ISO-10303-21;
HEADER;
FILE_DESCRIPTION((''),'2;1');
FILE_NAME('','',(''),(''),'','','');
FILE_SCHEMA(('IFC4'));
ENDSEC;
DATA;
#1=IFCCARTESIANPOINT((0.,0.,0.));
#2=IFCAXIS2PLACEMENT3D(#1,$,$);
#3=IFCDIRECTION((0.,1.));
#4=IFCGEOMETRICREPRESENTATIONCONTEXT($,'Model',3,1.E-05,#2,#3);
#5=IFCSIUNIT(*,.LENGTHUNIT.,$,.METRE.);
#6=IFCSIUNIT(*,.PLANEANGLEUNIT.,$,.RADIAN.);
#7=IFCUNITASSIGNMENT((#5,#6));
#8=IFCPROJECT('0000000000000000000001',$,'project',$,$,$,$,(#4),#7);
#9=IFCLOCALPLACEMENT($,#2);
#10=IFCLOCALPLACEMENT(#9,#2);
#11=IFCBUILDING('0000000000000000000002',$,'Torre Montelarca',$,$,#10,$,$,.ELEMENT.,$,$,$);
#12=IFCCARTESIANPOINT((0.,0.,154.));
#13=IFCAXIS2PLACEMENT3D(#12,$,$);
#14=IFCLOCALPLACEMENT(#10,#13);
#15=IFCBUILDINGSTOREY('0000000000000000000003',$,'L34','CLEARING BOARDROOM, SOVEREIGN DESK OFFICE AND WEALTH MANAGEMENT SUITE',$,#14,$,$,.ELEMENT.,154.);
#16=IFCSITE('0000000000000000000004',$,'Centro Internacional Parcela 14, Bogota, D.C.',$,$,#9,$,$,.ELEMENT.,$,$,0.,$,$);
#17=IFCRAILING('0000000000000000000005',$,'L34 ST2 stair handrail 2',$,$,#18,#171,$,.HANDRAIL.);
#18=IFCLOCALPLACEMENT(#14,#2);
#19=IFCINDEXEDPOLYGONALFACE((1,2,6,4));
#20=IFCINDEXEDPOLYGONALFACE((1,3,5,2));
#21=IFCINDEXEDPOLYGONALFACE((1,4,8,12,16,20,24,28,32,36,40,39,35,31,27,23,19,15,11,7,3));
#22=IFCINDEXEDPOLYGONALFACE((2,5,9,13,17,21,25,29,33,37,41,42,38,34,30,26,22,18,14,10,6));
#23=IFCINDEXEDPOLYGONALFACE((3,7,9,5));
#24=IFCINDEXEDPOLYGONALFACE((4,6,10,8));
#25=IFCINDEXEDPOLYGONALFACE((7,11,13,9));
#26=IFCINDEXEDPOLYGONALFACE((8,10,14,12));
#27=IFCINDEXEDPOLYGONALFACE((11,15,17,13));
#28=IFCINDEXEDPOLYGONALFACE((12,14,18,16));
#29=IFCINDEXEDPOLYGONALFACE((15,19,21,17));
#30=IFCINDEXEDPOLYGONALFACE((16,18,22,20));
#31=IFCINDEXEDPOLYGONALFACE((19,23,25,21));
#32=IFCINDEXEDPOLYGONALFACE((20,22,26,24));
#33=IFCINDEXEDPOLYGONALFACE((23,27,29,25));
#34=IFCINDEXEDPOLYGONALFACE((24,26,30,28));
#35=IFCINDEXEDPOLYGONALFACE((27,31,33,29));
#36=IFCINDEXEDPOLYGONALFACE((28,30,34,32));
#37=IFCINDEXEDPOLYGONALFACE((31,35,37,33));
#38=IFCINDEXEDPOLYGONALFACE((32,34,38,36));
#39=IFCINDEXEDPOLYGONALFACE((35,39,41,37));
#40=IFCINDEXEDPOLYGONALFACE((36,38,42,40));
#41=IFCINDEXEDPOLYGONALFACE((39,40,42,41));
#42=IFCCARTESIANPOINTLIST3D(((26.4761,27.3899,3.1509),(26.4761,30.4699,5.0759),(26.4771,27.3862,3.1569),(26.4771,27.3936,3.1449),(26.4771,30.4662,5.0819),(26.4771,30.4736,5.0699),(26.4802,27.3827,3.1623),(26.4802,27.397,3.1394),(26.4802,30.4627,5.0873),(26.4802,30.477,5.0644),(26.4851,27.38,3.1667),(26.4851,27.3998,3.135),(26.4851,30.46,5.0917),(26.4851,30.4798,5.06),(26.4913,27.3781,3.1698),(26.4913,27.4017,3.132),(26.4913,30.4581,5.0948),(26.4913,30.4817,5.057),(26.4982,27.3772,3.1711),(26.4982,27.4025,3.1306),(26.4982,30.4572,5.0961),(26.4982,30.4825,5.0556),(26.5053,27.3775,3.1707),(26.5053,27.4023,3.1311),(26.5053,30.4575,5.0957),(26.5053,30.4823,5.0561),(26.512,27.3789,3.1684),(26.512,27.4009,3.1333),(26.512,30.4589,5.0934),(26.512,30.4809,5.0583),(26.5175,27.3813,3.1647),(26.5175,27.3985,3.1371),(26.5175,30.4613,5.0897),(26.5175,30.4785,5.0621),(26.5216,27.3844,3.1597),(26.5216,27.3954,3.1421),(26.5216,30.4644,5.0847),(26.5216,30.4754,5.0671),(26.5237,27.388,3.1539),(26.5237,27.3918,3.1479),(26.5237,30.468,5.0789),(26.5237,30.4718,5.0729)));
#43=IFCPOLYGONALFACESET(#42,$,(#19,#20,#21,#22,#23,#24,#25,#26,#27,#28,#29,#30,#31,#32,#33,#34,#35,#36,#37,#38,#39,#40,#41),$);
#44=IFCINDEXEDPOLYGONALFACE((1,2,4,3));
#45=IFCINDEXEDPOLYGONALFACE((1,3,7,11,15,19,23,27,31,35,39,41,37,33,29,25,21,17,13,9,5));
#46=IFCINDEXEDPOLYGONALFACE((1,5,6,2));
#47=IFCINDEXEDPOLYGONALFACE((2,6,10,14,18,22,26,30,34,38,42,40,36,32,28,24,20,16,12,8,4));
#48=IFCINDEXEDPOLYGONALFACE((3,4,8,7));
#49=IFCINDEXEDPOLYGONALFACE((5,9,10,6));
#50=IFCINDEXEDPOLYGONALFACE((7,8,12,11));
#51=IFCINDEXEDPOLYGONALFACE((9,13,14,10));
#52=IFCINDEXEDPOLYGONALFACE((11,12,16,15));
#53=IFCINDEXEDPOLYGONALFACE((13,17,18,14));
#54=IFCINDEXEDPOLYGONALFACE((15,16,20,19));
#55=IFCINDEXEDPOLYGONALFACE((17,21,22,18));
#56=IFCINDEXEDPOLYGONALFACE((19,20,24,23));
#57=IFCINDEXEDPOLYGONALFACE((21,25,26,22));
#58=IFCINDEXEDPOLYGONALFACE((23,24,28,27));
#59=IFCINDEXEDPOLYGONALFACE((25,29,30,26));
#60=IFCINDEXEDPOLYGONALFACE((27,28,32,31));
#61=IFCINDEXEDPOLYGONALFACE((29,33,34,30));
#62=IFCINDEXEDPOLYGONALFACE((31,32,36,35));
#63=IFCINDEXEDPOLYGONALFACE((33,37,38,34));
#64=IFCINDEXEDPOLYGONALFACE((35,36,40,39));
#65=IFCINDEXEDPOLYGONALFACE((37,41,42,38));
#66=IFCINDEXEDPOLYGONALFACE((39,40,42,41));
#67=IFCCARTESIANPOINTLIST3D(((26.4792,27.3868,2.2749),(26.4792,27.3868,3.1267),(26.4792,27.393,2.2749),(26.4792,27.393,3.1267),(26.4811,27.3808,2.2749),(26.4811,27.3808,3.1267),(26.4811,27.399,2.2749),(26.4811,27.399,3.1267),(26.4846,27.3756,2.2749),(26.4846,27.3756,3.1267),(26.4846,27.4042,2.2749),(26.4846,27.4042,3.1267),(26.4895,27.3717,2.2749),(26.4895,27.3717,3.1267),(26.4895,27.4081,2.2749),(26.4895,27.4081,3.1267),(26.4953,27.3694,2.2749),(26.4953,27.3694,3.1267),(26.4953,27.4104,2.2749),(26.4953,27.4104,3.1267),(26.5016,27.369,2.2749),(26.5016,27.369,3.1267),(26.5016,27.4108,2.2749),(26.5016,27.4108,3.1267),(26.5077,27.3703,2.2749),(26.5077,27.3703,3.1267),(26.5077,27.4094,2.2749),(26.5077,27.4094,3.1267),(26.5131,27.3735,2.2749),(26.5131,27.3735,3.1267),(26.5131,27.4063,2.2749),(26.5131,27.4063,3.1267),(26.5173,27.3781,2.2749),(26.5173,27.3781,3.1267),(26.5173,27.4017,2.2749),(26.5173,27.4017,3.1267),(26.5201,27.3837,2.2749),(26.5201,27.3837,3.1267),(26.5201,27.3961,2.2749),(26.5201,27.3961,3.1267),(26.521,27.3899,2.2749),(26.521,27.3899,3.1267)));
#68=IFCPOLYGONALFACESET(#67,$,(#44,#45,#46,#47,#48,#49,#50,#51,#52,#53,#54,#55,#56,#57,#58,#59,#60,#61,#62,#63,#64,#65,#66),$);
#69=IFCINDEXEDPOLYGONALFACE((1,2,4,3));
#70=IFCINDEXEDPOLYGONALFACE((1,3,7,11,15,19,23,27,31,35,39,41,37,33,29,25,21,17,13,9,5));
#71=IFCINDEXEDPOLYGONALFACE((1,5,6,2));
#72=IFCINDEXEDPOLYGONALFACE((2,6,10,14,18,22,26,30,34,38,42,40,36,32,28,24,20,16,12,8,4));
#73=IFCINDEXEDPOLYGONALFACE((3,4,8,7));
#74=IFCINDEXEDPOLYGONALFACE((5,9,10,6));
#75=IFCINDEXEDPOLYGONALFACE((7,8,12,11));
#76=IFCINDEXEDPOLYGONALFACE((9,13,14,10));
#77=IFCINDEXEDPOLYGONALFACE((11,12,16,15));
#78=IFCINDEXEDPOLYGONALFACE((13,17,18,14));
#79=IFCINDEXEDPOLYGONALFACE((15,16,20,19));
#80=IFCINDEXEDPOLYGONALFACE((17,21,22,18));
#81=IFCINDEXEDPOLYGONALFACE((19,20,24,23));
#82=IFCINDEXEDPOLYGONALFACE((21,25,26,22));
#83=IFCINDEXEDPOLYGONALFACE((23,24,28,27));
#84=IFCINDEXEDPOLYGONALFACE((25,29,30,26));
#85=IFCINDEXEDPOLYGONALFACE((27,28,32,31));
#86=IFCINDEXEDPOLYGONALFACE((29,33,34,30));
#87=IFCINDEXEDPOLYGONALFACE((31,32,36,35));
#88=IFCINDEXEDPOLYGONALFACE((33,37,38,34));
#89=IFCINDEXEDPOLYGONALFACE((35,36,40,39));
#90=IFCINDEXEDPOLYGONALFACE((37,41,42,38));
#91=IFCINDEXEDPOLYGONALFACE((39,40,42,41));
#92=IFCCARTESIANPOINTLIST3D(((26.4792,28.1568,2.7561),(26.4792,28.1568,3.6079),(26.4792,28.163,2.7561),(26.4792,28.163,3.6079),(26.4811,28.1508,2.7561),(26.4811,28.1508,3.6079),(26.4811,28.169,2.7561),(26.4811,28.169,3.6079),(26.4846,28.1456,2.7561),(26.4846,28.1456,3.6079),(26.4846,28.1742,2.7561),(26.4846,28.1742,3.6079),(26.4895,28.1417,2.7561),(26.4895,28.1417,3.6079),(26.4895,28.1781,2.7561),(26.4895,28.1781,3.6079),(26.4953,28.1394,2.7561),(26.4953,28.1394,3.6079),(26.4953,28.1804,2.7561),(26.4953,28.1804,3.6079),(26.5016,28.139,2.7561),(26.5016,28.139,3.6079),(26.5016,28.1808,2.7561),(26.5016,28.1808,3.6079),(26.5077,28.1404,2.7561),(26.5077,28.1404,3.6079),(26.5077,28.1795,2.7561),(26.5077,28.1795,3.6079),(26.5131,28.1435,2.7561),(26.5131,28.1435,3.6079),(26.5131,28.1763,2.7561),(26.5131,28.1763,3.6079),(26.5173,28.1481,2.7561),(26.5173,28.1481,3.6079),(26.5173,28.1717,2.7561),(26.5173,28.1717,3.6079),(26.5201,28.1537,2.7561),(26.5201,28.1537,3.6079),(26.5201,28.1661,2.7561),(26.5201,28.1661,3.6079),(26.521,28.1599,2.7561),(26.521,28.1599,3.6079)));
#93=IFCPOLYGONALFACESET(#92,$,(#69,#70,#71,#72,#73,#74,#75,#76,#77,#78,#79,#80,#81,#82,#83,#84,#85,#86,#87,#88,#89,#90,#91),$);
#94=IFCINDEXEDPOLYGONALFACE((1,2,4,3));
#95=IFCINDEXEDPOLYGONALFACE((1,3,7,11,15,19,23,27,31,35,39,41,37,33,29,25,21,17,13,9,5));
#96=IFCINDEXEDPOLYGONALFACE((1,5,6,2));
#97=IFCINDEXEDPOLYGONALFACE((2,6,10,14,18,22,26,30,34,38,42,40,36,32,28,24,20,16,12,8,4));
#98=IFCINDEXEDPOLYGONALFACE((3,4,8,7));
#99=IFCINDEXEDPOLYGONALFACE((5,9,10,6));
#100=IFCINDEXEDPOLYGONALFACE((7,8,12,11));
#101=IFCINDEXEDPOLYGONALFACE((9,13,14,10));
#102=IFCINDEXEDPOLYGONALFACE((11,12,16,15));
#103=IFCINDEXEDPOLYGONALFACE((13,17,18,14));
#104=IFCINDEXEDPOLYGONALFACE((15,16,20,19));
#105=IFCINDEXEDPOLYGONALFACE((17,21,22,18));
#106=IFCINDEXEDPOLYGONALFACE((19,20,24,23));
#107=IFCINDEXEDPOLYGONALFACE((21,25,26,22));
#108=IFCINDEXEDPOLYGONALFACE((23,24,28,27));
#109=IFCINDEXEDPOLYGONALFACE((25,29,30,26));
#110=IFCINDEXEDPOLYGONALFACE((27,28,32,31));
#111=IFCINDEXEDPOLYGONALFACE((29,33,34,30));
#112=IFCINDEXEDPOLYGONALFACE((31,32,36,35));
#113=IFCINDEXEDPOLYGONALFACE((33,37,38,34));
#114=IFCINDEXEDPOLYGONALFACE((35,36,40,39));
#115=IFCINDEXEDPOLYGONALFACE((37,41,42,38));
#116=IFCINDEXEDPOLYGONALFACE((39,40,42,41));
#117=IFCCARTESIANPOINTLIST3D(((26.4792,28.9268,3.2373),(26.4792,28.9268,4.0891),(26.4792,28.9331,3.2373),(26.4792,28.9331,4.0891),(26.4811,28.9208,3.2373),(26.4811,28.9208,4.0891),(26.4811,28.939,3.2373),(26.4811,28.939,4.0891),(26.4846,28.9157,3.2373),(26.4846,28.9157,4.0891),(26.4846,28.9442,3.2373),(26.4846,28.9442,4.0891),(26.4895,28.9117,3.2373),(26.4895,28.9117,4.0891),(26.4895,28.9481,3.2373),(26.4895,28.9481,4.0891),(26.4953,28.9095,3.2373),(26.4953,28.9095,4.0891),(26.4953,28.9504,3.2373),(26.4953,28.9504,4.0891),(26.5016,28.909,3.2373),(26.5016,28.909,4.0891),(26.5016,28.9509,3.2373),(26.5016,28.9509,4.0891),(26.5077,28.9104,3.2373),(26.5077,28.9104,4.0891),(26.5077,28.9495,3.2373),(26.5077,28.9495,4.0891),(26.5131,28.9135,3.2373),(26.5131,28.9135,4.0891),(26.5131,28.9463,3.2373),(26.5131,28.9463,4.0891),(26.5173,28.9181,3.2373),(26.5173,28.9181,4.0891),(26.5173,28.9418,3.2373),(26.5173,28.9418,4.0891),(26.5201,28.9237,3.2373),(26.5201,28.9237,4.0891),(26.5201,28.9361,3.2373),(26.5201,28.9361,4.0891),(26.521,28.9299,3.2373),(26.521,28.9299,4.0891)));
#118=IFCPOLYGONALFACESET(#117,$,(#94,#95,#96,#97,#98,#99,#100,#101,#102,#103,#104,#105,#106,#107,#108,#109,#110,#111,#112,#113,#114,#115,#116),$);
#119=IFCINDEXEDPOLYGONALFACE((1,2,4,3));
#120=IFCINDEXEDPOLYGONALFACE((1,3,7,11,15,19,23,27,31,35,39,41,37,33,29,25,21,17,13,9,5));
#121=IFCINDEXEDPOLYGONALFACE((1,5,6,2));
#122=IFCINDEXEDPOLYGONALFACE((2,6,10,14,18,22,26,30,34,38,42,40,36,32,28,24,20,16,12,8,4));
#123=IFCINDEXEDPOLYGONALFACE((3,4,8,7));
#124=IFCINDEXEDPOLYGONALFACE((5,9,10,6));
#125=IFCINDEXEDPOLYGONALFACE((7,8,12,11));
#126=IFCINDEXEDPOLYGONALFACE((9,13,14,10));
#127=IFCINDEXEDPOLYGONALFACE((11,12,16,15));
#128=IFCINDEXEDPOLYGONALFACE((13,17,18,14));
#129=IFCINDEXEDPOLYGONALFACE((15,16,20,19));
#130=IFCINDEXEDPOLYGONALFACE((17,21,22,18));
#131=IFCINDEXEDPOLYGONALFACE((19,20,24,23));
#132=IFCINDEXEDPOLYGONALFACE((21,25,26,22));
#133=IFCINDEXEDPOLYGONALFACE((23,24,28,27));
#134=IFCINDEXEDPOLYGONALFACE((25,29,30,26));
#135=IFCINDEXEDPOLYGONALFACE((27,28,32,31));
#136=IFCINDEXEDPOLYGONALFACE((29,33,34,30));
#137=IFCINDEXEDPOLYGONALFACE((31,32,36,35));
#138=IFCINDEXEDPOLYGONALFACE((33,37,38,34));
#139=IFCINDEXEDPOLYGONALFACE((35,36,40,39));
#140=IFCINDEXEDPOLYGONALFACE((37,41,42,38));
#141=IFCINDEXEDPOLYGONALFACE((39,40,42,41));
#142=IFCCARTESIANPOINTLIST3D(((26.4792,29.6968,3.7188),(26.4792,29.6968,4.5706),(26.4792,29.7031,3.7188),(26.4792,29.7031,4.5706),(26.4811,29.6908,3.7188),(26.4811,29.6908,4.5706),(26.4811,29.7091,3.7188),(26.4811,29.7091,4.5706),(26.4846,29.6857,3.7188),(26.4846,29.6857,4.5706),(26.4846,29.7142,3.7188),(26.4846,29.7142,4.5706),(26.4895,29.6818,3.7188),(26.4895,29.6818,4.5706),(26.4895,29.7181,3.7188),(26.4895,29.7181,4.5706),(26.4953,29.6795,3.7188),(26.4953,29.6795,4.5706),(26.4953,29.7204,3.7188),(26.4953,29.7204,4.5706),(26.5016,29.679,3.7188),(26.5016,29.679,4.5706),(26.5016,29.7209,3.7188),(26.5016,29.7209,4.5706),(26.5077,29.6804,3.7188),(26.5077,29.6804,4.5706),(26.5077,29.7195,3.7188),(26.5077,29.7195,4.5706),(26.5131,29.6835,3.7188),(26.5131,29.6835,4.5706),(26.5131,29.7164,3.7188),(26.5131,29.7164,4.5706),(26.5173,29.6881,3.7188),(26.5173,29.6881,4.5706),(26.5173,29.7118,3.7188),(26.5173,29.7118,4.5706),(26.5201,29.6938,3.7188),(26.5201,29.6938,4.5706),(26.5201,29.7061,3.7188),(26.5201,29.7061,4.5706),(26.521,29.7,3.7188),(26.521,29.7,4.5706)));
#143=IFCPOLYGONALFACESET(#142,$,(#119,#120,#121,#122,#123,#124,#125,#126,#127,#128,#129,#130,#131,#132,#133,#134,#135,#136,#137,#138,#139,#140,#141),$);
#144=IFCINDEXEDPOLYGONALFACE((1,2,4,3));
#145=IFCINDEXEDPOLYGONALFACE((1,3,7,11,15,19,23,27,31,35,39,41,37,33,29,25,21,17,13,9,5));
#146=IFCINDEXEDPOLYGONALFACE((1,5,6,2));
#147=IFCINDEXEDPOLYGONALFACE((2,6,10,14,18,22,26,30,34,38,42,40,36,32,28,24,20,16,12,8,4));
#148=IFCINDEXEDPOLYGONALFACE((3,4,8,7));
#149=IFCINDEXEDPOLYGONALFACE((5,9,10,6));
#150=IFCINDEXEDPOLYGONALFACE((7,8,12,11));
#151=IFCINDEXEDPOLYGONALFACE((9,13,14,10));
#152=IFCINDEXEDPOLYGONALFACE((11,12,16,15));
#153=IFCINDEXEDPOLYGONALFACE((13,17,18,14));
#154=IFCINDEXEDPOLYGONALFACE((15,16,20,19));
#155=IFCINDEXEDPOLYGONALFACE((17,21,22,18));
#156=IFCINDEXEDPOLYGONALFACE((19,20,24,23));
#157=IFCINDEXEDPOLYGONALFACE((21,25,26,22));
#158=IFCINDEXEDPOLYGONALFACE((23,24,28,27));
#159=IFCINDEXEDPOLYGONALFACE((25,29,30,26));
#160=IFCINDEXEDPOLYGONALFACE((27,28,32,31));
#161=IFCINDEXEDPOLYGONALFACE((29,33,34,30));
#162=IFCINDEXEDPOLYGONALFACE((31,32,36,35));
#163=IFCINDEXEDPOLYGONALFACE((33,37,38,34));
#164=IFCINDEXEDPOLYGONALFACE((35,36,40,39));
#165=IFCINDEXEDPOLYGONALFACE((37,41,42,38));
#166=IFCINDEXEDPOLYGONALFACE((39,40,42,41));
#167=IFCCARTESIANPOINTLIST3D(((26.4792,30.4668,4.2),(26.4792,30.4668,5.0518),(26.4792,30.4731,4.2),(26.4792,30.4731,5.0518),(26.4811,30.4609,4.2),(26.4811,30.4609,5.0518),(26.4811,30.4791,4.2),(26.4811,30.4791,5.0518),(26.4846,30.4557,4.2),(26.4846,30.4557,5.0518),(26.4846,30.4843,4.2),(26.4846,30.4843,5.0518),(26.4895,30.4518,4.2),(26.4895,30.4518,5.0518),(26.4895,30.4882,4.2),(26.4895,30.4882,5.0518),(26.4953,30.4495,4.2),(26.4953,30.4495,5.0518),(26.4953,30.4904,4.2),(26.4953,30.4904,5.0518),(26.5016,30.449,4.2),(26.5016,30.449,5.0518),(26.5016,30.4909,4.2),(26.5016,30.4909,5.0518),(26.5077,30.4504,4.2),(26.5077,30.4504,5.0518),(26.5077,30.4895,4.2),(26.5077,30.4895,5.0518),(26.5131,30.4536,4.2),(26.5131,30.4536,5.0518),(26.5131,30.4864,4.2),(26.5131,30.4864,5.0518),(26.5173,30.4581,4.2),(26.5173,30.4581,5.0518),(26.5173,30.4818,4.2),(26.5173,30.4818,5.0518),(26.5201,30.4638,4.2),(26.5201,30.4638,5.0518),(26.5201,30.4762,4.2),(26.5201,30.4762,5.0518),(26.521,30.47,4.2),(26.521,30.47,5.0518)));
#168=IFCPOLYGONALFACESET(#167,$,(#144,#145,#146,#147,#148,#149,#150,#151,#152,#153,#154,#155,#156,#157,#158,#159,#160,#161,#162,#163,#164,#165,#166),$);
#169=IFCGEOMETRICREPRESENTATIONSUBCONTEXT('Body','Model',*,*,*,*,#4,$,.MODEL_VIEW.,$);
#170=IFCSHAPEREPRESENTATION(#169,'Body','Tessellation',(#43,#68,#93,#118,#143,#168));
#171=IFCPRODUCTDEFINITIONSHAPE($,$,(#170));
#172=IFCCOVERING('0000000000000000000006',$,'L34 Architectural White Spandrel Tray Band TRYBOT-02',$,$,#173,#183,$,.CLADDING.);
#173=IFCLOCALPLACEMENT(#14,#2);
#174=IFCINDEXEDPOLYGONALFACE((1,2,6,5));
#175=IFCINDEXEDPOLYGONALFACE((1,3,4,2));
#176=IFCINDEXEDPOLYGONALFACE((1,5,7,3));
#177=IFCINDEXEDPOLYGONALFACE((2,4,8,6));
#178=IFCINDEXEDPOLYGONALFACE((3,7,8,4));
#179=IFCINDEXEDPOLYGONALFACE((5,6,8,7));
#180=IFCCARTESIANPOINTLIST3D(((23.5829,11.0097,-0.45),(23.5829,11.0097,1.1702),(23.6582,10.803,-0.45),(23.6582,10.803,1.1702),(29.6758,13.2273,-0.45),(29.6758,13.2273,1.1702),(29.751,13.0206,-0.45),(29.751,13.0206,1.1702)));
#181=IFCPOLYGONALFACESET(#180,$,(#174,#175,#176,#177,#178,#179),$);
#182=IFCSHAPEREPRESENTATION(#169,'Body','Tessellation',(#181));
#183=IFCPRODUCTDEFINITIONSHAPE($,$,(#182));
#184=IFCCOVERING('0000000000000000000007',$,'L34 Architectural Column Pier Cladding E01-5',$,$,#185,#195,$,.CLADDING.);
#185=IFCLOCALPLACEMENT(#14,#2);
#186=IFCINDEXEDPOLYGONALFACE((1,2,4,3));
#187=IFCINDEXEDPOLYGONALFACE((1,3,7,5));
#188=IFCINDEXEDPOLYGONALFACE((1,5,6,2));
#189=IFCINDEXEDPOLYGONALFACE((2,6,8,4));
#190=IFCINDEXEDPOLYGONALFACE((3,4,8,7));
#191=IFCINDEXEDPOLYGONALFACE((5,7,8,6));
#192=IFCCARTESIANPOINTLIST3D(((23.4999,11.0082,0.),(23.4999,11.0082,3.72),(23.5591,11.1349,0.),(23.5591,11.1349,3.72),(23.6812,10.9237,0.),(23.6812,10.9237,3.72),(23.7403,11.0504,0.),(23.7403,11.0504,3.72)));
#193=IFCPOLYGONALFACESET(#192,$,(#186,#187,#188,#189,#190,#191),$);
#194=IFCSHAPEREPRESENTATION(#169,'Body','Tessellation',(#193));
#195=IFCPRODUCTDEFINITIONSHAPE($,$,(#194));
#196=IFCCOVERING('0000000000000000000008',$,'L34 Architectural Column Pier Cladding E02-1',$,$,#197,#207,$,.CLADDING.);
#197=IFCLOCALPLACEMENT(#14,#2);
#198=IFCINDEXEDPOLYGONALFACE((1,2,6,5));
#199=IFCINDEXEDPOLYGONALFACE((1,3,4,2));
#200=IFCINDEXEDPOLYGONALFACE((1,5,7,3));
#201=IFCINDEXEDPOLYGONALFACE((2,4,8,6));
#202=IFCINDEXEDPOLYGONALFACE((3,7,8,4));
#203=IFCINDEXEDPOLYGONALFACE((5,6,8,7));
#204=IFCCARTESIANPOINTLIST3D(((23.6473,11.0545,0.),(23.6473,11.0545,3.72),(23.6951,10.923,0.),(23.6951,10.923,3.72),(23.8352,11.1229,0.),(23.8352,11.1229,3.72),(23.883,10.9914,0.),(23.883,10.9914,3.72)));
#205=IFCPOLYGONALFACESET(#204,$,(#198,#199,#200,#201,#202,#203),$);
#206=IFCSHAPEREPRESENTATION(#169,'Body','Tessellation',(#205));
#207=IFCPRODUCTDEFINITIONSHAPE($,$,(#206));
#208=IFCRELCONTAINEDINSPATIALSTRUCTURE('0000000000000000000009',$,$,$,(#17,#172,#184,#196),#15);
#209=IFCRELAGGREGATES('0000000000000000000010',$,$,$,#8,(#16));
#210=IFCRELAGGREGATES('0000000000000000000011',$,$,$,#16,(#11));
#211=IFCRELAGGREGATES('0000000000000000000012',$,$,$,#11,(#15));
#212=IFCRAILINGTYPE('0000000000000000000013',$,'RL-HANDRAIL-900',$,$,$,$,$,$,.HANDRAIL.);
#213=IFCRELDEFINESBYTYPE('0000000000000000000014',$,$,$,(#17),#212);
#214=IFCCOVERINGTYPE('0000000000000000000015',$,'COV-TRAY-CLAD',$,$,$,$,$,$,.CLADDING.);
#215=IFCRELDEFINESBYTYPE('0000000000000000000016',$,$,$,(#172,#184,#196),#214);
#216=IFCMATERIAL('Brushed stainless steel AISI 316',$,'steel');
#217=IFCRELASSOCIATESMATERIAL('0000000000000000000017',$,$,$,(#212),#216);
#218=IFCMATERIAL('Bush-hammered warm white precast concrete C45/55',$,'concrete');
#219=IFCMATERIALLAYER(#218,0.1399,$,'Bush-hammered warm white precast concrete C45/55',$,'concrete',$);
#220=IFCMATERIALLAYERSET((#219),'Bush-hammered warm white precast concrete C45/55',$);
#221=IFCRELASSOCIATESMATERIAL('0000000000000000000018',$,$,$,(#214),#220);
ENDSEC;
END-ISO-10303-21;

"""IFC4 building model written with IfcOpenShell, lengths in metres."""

from ifc_helpers import new_model, si_unit, direction, frame, origin, origin_2d, place, context, subcontext, project, spatial, rectangle, circle, extrude, source, transform, mapped, material, layer, layer_set, type_object, element, save


model = new_model("IFC4")

# Units and contexts
model_context = context("Model", 3, precision=1e-05, world=origin(), true_north=direction((0.0, 1.0)))
body_context = subcontext(model_context, "Body", "Model", "MODEL_VIEW")
ifc_project = project(units=[si_unit("LENGTHUNIT", "METRE"), si_unit("PLANEANGLEUNIT", "RADIAN")], contexts=[model_context])

# Site, building, storey
site_placement = place(None, origin())
site = spatial("IfcSite", under=ifc_project, at=site_placement, Name="Centro Internacional Parcela 14, Bogota, D.C.", CompositionType="ELEMENT", RefElevation=0.0)
building_placement = place(site_placement, origin())
building = spatial("IfcBuilding", under=site, at=building_placement, Name="Torre Montelarca", CompositionType="ELEMENT")
storey_placement = place(building_placement, frame((0.0, 0.0, 154.0)))
storey = spatial("IfcBuildingStorey", under=building, at=storey_placement, Name="L34", Description="CLEARING BOARDROOM, SOVEREIGN DESK OFFICE AND WEALTH MANAGEMENT SUITE", CompositionType="ELEMENT", Elevation=154.0)

# Railing
ifc_material_1 = material(Name="Brushed stainless steel AISI 316", Category="steel")
railing_type_1 = type_object("IfcRailingType", Name="RL-HANDRAIL-900", PredefinedType="HANDRAIL", material=ifc_material_1)
railing_1_placement = place(storey_placement, frame((26.5, 27.3899, 2.2749)))
element("IfcRailing", 1, at=railing_1_placement, inside=storey, type_object=railing_type_1, Name="L34 ST2 stair handrail 2", PredefinedType="HANDRAIL", context=body_context, shape_type="SweptSolid", body=[
    extrude(circle(Radius=0.0239, at=origin_2d()), frame((0.0, 0.0, 0.876), z_axis=(0.0, 0.847998, 0.529999), x_axis=(-1.0, 0.0, 0.0)), (0.0, 0.0, 1.0), 3.6321),
    extrude(circle(Radius=0.021, at=origin_2d()), origin(), (0.0, 0.0, 1.0), 0.8518),
    extrude(circle(Radius=0.021, at=origin_2d()), frame((0.0, 0.77, 0.4812)), (0.0, 0.0, 1.0), 0.8518),
    extrude(circle(Radius=0.021, at=origin_2d()), frame((0.0, 1.54, 0.9624)), (0.0, 0.0, 1.0), 0.8518),
    extrude(circle(Radius=0.021, at=origin_2d()), frame((0.0, 2.3101, 1.4438)), (0.0, 0.0, 1.0), 0.8518),
    extrude(circle(Radius=0.021, at=origin_2d()), frame((0.0, 3.0801, 1.925)), (0.0, 0.0, 1.0), 0.8518),
])

# Coverings
ifc_material_2 = material(Name="Bush-hammered warm white precast concrete C45/55", Category="concrete")
ifc_layer_1 = layer(ifc_material_2, 0.1399, Name="Bush-hammered warm white precast concrete C45/55", Category="concrete")
ifc_layer_set_1 = layer_set([ifc_layer_1], Name="Bush-hammered warm white precast concrete C45/55")
covering_type = type_object("IfcCoveringType", Name="COV-TRAY-CLAD", PredefinedType="CLADDING", material=ifc_layer_set_1)
shared_shape_1 = source(origin(), body_context, "Body", "SweptSolid", [
    extrude(rectangle(XDim=6.4839, YDim=0.22, at=origin_2d()), origin(), (0.0, 0.0, 1.0), 1.6201),
])
covering_1_placement = place(storey_placement, frame((26.667, 12.0151, -0.45), z_axis=(0.0, 0.0, 1.0), x_axis=(0.939693, 0.342019, 0.0)))
element("IfcCovering", 2, at=covering_1_placement, inside=storey, type_object=covering_type, Name="L34 Architectural White Spandrel Tray Band TRYBOT-02", PredefinedType="CLADDING", context=body_context, shape_type="MappedRepresentation", body=[
    mapped(shared_shape_1, transform((0.0, 0.0, 0.0), scale=1.0)),
])
shared_shape_2 = source(origin(), body_context, "Body", "SweptSolid", [
    extrude(rectangle(XDim=0.2, YDim=0.1399, at=origin_2d()), origin(), (0.0, 0.0, 1.0), 3.72),
])
for number, where, z_axis, x_axis, name in (
    (3, (23.6201, 11.0293, 0.0), (0.0, 0.0, 1.0), (0.906309, -0.422617, 0.0), "L34 Architectural Column Pier Cladding E01-5"),
    (4, (23.7651, 11.0229, 0.0), (0.0, 0.0, 1.0), (0.939695, 0.342014, 0.0), "L34 Architectural Column Pier Cladding E02-1"),
):
    element("IfcCovering", number, at=place(storey_placement, frame(where, z_axis=z_axis, x_axis=x_axis)), inside=storey, type_object=covering_type, Name=name, PredefinedType="CLADDING", context=body_context, shape_type="MappedRepresentation", body=[
        mapped(shared_shape_2, transform((0.0, 0.0, 0.0), scale=1.0)),
    ])

save(model, "model.ifc")
